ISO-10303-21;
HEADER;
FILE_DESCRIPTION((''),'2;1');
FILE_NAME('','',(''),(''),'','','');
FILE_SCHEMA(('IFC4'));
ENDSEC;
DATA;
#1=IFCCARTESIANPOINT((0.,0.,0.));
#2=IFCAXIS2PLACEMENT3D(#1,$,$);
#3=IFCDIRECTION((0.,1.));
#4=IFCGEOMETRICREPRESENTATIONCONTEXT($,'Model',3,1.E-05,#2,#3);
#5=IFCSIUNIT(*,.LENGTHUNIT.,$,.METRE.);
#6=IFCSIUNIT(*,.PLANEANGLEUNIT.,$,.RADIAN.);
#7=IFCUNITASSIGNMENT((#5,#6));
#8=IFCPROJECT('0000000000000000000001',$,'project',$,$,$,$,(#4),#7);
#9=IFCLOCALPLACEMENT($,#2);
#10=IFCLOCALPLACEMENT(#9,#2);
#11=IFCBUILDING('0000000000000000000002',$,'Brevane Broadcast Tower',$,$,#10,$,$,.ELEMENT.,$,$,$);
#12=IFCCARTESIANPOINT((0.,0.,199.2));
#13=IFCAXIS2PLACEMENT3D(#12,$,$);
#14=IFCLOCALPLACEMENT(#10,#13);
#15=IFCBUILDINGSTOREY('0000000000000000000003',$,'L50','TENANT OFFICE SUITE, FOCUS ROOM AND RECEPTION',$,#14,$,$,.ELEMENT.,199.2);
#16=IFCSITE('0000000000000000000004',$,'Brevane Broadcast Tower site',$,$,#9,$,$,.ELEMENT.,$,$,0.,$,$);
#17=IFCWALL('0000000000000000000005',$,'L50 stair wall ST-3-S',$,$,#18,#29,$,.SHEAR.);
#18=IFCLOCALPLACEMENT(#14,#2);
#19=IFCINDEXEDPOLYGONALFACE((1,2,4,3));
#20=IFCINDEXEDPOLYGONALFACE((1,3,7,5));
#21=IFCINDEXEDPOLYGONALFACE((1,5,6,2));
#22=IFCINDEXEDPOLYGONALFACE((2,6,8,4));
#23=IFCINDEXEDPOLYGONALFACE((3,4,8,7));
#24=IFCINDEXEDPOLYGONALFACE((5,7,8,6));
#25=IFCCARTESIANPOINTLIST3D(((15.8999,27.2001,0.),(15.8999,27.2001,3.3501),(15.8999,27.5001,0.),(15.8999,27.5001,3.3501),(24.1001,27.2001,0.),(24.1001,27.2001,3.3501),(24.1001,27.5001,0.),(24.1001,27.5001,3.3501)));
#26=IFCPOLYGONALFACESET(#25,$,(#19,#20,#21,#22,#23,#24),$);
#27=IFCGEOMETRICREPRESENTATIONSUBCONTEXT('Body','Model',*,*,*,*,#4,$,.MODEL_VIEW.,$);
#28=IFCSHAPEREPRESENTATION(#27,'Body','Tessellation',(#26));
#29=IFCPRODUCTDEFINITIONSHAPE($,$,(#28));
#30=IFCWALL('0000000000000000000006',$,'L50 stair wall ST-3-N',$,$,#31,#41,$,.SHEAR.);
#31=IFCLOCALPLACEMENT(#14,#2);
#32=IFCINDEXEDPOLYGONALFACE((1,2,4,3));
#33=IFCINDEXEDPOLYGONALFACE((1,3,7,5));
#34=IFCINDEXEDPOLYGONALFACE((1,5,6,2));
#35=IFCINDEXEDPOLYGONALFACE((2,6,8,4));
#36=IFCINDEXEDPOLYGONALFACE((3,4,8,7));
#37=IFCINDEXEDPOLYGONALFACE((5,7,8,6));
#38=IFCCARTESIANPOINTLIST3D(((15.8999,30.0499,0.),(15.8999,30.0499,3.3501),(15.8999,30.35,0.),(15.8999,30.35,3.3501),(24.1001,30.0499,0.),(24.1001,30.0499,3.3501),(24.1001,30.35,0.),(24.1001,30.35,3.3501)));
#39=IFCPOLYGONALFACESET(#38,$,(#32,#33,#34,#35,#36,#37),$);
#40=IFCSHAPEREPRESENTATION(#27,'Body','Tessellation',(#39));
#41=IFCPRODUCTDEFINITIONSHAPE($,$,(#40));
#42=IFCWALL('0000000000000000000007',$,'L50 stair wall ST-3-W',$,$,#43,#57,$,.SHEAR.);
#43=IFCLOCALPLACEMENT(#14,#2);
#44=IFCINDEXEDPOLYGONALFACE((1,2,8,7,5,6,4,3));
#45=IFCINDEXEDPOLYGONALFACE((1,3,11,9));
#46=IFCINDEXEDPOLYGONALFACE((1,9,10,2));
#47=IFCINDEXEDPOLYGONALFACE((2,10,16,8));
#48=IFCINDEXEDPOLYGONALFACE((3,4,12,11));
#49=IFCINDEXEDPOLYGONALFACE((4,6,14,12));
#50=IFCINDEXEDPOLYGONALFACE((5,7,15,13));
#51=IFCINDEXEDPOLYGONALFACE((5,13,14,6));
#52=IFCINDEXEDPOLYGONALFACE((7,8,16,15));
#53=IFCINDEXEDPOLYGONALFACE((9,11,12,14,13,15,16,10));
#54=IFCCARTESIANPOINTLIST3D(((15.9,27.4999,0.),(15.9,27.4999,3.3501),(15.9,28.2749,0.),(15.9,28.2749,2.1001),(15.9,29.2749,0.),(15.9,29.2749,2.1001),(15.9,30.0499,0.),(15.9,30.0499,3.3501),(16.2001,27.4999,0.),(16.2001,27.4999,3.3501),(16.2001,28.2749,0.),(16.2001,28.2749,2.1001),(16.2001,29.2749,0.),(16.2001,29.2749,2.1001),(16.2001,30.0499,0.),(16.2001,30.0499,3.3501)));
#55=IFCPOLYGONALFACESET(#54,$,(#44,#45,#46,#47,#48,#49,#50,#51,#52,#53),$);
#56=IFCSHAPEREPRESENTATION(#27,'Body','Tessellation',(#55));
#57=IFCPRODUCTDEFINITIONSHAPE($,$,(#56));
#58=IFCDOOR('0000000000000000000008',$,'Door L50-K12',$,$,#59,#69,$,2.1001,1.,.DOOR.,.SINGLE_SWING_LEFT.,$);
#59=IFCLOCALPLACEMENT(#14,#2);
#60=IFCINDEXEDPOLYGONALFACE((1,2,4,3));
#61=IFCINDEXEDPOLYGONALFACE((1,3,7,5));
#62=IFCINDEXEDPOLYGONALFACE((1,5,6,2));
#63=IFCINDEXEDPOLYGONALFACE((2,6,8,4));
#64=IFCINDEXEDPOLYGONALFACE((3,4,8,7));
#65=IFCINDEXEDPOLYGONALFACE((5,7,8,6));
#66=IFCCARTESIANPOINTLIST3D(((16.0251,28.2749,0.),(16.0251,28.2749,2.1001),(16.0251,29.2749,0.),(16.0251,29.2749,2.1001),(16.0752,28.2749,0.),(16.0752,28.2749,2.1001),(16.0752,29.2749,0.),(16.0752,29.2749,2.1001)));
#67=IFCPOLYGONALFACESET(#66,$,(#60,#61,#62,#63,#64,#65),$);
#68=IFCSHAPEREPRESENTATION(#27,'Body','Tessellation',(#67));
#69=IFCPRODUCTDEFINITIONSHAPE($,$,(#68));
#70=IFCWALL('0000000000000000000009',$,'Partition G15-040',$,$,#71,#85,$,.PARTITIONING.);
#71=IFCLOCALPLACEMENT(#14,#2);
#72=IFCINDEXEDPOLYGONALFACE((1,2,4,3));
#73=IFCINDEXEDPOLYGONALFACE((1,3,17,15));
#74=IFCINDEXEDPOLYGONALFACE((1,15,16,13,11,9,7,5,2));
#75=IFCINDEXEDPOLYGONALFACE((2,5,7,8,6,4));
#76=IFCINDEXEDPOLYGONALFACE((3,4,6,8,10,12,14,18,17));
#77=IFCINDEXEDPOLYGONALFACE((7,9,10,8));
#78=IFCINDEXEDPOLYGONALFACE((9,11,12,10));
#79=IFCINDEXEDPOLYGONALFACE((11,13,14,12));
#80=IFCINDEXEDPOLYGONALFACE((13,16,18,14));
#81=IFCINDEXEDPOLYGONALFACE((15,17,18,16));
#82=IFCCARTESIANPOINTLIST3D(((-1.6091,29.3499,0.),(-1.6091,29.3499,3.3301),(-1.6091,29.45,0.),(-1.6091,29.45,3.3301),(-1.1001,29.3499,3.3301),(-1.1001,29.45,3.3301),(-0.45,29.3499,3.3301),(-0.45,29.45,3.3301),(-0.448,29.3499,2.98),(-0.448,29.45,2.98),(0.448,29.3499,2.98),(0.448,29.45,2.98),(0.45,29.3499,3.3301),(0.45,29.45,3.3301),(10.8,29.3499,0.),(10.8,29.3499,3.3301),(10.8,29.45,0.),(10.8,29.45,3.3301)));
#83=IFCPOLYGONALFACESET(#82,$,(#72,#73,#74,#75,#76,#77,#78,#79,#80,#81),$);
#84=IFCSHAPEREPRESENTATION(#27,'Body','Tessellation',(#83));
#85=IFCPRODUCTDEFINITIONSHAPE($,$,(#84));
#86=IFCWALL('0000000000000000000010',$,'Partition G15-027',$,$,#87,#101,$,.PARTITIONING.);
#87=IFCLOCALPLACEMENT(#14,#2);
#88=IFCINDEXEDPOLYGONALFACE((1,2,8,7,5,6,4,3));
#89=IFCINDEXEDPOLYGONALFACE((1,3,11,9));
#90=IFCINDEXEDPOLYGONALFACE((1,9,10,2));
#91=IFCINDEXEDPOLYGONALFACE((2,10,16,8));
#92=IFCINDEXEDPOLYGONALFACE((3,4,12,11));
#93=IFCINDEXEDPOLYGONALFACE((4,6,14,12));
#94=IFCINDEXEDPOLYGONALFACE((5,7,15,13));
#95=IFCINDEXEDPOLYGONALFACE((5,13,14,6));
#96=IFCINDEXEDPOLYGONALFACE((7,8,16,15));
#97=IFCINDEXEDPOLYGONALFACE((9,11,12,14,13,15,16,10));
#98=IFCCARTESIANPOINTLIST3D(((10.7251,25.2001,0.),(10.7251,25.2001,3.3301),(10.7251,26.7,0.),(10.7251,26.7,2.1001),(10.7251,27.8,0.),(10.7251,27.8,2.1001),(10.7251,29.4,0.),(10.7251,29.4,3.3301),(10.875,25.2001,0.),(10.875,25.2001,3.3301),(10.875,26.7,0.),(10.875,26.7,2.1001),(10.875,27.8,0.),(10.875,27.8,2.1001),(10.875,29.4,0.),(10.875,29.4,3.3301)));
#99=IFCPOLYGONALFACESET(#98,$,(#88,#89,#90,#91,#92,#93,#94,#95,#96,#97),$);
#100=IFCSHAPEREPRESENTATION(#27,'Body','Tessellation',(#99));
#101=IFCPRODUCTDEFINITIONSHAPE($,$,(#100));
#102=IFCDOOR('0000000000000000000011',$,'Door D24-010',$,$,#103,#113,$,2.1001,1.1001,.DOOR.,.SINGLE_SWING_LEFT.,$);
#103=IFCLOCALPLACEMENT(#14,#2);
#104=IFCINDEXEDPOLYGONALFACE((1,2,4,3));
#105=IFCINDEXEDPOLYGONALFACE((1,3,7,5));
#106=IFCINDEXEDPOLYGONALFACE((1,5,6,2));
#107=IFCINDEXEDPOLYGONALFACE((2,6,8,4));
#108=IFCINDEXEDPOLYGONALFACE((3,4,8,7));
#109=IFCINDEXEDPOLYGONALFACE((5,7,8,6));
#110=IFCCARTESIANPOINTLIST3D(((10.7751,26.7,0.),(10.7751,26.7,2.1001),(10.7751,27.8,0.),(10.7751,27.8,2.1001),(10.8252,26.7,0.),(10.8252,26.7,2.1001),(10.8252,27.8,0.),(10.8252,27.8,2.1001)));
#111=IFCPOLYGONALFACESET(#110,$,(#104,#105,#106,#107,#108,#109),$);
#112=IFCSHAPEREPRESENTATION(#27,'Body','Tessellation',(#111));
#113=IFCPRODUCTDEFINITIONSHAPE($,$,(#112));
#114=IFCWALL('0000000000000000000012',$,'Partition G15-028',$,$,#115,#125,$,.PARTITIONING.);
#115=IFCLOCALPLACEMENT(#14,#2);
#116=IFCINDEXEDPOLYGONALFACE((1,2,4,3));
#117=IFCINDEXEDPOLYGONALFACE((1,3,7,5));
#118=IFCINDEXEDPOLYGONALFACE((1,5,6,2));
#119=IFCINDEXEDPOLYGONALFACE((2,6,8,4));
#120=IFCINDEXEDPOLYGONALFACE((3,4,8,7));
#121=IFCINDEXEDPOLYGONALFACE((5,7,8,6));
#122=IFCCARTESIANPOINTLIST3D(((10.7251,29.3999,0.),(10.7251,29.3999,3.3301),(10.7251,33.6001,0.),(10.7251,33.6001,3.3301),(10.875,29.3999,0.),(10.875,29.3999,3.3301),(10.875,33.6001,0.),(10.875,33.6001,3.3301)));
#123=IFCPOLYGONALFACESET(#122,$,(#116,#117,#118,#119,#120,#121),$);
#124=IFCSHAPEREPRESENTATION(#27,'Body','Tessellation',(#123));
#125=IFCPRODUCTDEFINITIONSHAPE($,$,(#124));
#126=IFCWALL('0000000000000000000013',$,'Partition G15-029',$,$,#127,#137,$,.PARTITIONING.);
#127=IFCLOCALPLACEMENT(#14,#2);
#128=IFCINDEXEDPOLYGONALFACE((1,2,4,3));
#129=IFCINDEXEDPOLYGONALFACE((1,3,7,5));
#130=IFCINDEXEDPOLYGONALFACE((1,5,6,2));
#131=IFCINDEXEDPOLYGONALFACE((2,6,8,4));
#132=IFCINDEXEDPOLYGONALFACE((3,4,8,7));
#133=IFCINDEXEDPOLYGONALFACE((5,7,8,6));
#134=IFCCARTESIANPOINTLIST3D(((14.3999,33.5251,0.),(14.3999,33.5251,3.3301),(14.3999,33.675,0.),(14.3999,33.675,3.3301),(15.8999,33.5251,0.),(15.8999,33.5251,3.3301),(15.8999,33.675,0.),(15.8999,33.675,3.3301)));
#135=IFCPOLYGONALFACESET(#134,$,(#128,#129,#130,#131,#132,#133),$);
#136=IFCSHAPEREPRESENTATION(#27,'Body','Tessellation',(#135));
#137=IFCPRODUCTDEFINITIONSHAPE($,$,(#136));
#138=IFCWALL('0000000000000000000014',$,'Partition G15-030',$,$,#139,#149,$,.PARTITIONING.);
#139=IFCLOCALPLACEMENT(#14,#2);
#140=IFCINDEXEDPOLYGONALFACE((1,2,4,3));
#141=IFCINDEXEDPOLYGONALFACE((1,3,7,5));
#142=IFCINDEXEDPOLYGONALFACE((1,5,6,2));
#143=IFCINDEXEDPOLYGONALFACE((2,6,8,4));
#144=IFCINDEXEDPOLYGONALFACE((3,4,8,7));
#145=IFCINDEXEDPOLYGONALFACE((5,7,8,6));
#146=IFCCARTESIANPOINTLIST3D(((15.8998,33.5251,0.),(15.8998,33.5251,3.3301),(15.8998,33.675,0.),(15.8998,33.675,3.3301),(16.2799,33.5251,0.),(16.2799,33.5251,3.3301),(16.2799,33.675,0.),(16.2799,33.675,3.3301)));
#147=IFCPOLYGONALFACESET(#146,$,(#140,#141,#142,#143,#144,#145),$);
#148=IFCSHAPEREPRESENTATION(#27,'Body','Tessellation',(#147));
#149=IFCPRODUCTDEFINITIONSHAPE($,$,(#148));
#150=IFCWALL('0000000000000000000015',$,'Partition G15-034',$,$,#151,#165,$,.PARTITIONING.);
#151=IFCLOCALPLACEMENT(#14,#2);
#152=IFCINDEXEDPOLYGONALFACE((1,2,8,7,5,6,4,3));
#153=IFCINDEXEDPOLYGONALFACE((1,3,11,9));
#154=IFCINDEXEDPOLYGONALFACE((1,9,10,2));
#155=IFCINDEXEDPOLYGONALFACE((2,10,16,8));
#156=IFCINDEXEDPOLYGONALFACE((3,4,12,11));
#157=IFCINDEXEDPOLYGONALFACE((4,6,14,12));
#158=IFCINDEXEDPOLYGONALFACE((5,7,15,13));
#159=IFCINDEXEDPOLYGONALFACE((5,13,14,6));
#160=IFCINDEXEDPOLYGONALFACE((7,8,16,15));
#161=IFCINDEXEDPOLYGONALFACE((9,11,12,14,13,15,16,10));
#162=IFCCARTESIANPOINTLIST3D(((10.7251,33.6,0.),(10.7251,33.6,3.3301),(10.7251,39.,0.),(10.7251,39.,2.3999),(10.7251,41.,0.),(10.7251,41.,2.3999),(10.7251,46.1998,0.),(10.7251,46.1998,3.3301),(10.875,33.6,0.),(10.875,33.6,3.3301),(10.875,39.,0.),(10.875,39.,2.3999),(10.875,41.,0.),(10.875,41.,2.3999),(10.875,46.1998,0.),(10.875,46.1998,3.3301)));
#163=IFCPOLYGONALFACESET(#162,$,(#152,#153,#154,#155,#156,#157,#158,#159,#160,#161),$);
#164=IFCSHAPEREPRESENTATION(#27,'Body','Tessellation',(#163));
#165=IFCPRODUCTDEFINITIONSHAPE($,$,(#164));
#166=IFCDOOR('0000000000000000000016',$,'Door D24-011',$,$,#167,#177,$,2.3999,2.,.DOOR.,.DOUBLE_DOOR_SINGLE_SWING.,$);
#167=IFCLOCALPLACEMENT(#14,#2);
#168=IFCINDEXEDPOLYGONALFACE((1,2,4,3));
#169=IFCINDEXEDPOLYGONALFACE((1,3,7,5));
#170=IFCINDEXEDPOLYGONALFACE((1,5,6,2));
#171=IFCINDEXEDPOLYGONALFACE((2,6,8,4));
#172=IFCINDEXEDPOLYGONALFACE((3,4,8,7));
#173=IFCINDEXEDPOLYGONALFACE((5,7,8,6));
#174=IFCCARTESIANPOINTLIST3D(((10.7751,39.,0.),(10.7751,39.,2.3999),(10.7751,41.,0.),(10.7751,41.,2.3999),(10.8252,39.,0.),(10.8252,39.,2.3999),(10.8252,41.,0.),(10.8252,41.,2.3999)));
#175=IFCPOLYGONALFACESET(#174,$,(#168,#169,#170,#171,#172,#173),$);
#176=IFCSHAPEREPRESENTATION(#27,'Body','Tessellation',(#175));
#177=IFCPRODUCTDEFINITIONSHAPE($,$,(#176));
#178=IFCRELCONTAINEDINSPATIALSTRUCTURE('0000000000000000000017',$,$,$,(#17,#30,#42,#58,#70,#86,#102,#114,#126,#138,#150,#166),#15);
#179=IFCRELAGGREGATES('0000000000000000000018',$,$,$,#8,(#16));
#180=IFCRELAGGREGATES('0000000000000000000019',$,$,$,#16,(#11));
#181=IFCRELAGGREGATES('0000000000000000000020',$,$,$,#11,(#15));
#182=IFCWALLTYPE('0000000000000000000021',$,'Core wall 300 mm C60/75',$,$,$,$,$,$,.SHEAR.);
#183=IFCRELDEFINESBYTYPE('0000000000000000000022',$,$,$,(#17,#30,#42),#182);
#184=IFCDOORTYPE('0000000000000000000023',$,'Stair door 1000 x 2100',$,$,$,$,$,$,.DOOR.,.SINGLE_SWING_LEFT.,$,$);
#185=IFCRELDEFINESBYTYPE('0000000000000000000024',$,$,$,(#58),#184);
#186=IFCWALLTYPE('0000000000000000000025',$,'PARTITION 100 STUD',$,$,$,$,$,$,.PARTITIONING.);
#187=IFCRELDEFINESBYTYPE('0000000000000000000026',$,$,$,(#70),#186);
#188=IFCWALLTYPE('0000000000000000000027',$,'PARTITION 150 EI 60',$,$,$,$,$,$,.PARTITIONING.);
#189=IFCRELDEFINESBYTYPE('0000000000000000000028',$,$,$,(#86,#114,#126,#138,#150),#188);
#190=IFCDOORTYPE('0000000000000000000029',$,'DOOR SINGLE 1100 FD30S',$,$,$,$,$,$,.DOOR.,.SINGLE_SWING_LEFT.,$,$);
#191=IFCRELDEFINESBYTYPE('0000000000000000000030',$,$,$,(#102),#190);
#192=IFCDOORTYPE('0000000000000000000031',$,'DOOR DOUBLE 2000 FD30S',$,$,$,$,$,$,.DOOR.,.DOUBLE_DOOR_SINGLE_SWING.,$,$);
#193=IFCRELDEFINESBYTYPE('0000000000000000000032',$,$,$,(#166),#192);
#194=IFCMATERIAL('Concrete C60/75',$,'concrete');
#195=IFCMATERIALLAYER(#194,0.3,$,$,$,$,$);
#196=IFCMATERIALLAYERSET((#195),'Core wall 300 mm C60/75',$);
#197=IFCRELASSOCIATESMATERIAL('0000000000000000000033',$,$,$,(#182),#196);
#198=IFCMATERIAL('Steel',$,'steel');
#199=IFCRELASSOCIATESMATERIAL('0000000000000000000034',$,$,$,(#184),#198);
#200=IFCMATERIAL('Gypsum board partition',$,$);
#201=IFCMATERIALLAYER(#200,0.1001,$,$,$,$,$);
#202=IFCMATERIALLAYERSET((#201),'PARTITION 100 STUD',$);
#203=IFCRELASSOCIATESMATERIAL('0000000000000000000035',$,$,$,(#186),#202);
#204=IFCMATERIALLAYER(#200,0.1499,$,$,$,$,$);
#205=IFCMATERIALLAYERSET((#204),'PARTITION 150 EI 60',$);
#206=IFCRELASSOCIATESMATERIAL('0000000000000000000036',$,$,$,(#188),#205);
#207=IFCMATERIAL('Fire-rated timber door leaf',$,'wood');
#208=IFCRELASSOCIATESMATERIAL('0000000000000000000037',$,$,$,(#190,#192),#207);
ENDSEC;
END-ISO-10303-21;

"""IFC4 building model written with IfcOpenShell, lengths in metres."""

from ifc_helpers import new_model, si_unit, direction, frame, frame_2d, origin, place, context, subcontext, project, spatial, polyline, rectangle, outline, extrude, material, layer, layer_set, type_object, element, fill, save


model = new_model("IFC4")

# Units and contexts
model_context = context("Model", 3, precision=1e-05, world=origin(), true_north=direction((0.0, 1.0)))
body_context = subcontext(model_context, "Body", "Model", "MODEL_VIEW")
ifc_project = project(units=[si_unit("LENGTHUNIT", "METRE"), si_unit("PLANEANGLEUNIT", "RADIAN")], contexts=[model_context])

# Site, building, storey
site_placement = place(None, origin())
site = spatial("IfcSite", under=ifc_project, at=site_placement, Name="Brevane Broadcast Tower site", CompositionType="ELEMENT", RefElevation=0.0)
building_placement = place(site_placement, origin())
building = spatial("IfcBuilding", under=site, at=building_placement, Name="Brevane Broadcast Tower", CompositionType="ELEMENT")
storey_placement = place(building_placement, frame((0.0, 0.0, 199.2)))
storey = spatial("IfcBuildingStorey", under=building, at=storey_placement, Name="L50", Description="TENANT OFFICE SUITE, FOCUS ROOM AND RECEPTION", CompositionType="ELEMENT", Elevation=199.2)

# Shared definitions
ifc_material_1 = material(Name="Concrete C60/75", Category="concrete")

# Walls
ifc_layer_1 = layer(ifc_material_1, 0.3)
ifc_layer_set_1 = layer_set([ifc_layer_1], Name="Core wall 300 mm C60/75")
wall_type_1 = type_object("IfcWallType", Name="Core wall 300 mm C60/75", PredefinedType="SHEAR", material=ifc_layer_set_1)
for number, where, z_axis, x_axis, name in (
    (1, (15.8999, 27.3501, 0.0), (0.0, 0.0, 1.0), (1.0, 0.0, 0.0), "L50 stair wall ST-3-S"),
    (2, (15.8999, 30.2, 0.0), (0.0, 0.0, 1.0), (1.0, 0.0, 0.0), "L50 stair wall ST-3-N"),
):
    element("IfcWall", number, at=place(storey_placement, frame(where, z_axis=z_axis, x_axis=x_axis)), inside=storey, type_object=wall_type_1, Name=name, PredefinedType="SHEAR", context=body_context, shape_type="SweptSolid", body=[
        extrude(rectangle(XDim=8.2002, YDim=0.3, at=frame_2d((4.1001, 0.0))), origin(), (0.0, 0.0, 1.0), 3.3501),
    ])

# Wall, opening, door
wall_1_placement = place(storey_placement, frame((16.05, 27.5, 0.0), z_axis=(0.0, 0.0, 1.0), x_axis=(0.0, 1.0, 0.0)))
wall_1 = element("IfcWall", 3, at=wall_1_placement, inside=storey, type_object=wall_type_1, Name="L50 stair wall ST-3-W", PredefinedType="SHEAR", context=body_context, shape_type="SweptSolid", body=[
    extrude(rectangle(XDim=2.55, YDim=0.3, at=frame_2d((1.2749, 0.0))), origin(), (0.0, 0.0, 1.0), 3.3501),
])
opening_1_placement = place(wall_1_placement, frame((0.7749, 0.0, 0.0)))
opening_1 = element("IfcOpeningElement", 4, at=opening_1_placement, cuts=wall_1, PredefinedType="OPENING", context=body_context, shape_type="SweptSolid", body=[
    extrude(rectangle(XDim=1.0, YDim=2.1001, at=frame_2d((0.5, 1.05))), frame((0.0, 0.1599, 0.0), z_axis=(0.0, -1.0, 0.0), x_axis=(1.0, 0.0, 0.0)), (0.0, 0.0, 1.0), 0.3201),
])
ifc_material_2 = material(Name="Steel", Category="steel")
door_type_1 = type_object("IfcDoorType", Name="Stair door 1000 x 2100", OperationType="SINGLE_SWING_LEFT", PredefinedType="DOOR", material=ifc_material_2)
door_1_placement = place(opening_1_placement, origin())
door_1 = element("IfcDoor", 5, at=door_1_placement, inside=storey, type_object=door_type_1, Name="Door L50-K12", OperationType="SINGLE_SWING_LEFT", OverallHeight=2.1001, OverallWidth=1.0, PredefinedType="DOOR", context=body_context, shape_type="SweptSolid", body=[
    extrude(rectangle(XDim=1.0, YDim=2.1001, at=frame_2d((0.5, 1.05))), frame((0.0, 0.0249, 0.0), z_axis=(0.0, -1.0, 0.0), x_axis=(1.0, 0.0, 0.0)), (0.0, 0.0, 1.0), 0.05),
])
fill(opening_1, door_1)

# Wall
ifc_material_3 = material(Name="Gypsum board partition")
ifc_layer_2 = layer(ifc_material_3, 0.1001)
ifc_layer_set_2 = layer_set([ifc_layer_2], Name="PARTITION 100 STUD")
wall_type_2 = type_object("IfcWallType", Name="PARTITION 100 STUD", PredefinedType="PARTITIONING", material=ifc_layer_set_2)
wall_2_placement = place(storey_placement, frame((-1.6091, 29.3999, 0.0), z_axis=(0.0, 0.0, 1.0), x_axis=(1.0, 0.0, 0.0)))
element("IfcWall", 6, at=wall_2_placement, inside=storey, type_object=wall_type_2, Name="Partition G15-040", PredefinedType="PARTITIONING", context=body_context, shape_type="SweptSolid", body=[
    extrude(outline(polyline([(0.0, 0.0), (12.4092, 0.0), (12.4092, 3.3301), (2.0591, 3.3301), (2.0571, 2.98), (1.1611, 2.98), (1.1592, 3.3301), (0.509, 3.3301), (0.0, 3.3301), (0.0, 0.0)])), frame((0.0, 0.05, 0.0), z_axis=(0.0, -1.0, 0.0), x_axis=(1.0, 0.0, 0.0)), (0.0, 0.0, 1.0), 0.1001),
])

# Wall, opening, door
ifc_layer_3 = layer(ifc_material_3, 0.1499)
ifc_layer_set_3 = layer_set([ifc_layer_3], Name="PARTITION 150 EI 60")
wall_type_3 = type_object("IfcWallType", Name="PARTITION 150 EI 60", PredefinedType="PARTITIONING", material=ifc_layer_set_3)
wall_3_placement = place(storey_placement, frame((10.8, 25.2, 0.0), z_axis=(0.0, 0.0, 1.0), x_axis=(0.0, 1.0, 0.0)))
wall_3 = element("IfcWall", 7, at=wall_3_placement, inside=storey, type_object=wall_type_3, Name="Partition G15-027", PredefinedType="PARTITIONING", context=body_context, shape_type="SweptSolid", body=[
    extrude(rectangle(XDim=4.2, YDim=0.1499, at=frame_2d((2.1001, 0.0))), origin(), (0.0, 0.0, 1.0), 3.3301),
])
opening_2_placement = place(wall_3_placement, frame((1.5, 0.0, 0.0)))
opening_2 = element("IfcOpeningElement", 8, at=opening_2_placement, cuts=wall_3, PredefinedType="OPENING", context=body_context, shape_type="SweptSolid", body=[
    extrude(rectangle(XDim=1.1001, YDim=2.1001, at=frame_2d((0.55, 1.05))), frame((0.0, 0.085, 0.0), z_axis=(0.0, -1.0, 0.0), x_axis=(1.0, 0.0, 0.0)), (0.0, 0.0, 1.0), 0.1699),
])
ifc_material_4 = material(Name="Fire-rated timber door leaf", Category="wood")
door_type_2 = type_object("IfcDoorType", Name="DOOR SINGLE 1100 FD30S", OperationType="SINGLE_SWING_LEFT", PredefinedType="DOOR", material=ifc_material_4)
door_2_placement = place(opening_2_placement, origin())
door_2 = element("IfcDoor", 9, at=door_2_placement, inside=storey, type_object=door_type_2, Name="Door D24-010", OperationType="SINGLE_SWING_LEFT", OverallHeight=2.1001, OverallWidth=1.1001, PredefinedType="DOOR", context=body_context, shape_type="SweptSolid", body=[
    extrude(rectangle(XDim=1.1001, YDim=2.1001, at=frame_2d((0.55, 1.05))), frame((0.0, 0.0249, 0.0), z_axis=(0.0, -1.0, 0.0), x_axis=(1.0, 0.0, 0.0)), (0.0, 0.0, 1.0), 0.05),
])
fill(opening_2, door_2)

# Walls
wall_4_placement = place(storey_placement, frame((10.8, 29.3999, 0.0), z_axis=(0.0, 0.0, 1.0), x_axis=(0.0, 1.0, 0.0)))
element("IfcWall", 10, at=wall_4_placement, inside=storey, type_object=wall_type_3, Name="Partition G15-028", PredefinedType="PARTITIONING", context=body_context, shape_type="SweptSolid", body=[
    extrude(rectangle(XDim=4.2002, YDim=0.1499, at=frame_2d((2.1001, 0.0))), origin(), (0.0, 0.0, 1.0), 3.3301),
])
wall_5_placement = place(storey_placement, frame((14.3999, 33.6001, 0.0), z_axis=(0.0, 0.0, 1.0), x_axis=(1.0, 0.0, 0.0)))
element("IfcWall", 11, at=wall_5_placement, inside=storey, type_object=wall_type_3, Name="Partition G15-029", PredefinedType="PARTITIONING", context=body_context, shape_type="SweptSolid", body=[
    extrude(rectangle(XDim=1.5, YDim=0.1499, at=frame_2d((0.75, 0.0))), origin(), (0.0, 0.0, 1.0), 3.3301),
])
wall_6_placement = place(storey_placement, frame((15.8999, 33.6001, 0.0), z_axis=(0.0, 0.0, 1.0), x_axis=(1.0, 0.0, 0.0)))
element("IfcWall", 12, at=wall_6_placement, inside=storey, type_object=wall_type_3, Name="Partition G15-030", PredefinedType="PARTITIONING", context=body_context, shape_type="SweptSolid", body=[
    extrude(rectangle(XDim=0.3801, YDim=0.1499, at=frame_2d((0.1899, 0.0))), origin(), (0.0, 0.0, 1.0), 3.3301),
])

# Wall, opening, door
wall_7_placement = place(storey_placement, frame((10.8, 33.6001, 0.0), z_axis=(0.0, 0.0, 1.0), x_axis=(0.0, 1.0, 0.0)))
wall_7 = element("IfcWall", 13, at=wall_7_placement, inside=storey, type_object=wall_type_3, Name="Partition G15-034", PredefinedType="PARTITIONING", context=body_context, shape_type="SweptSolid", body=[
    extrude(rectangle(XDim=12.5999, YDim=0.1499, at=frame_2d((6.2998, 0.0))), origin(), (0.0, 0.0, 1.0), 3.3301),
])
opening_3_placement = place(wall_7_placement, frame((5.3999, 0.0, 0.0)))
opening_3 = element("IfcOpeningElement", 14, at=opening_3_placement, cuts=wall_7, PredefinedType="OPENING", context=body_context, shape_type="SweptSolid", body=[
    extrude(rectangle(XDim=2.0, YDim=2.3999, at=frame_2d((1.0, 1.2))), frame((0.0, 0.085, 0.0), z_axis=(0.0, -1.0, 0.0), x_axis=(1.0, 0.0, 0.0)), (0.0, 0.0, 1.0), 0.1699),
])
door_type_3 = type_object("IfcDoorType", Name="DOOR DOUBLE 2000 FD30S", OperationType="DOUBLE_DOOR_SINGLE_SWING", PredefinedType="DOOR", material=ifc_material_4)
door_3_placement = place(opening_3_placement, origin())
door_3 = element("IfcDoor", 15, at=door_3_placement, inside=storey, type_object=door_type_3, Name="Door D24-011", OperationType="DOUBLE_DOOR_SINGLE_SWING", OverallHeight=2.3999, OverallWidth=2.0, PredefinedType="DOOR", context=body_context, shape_type="SweptSolid", body=[
    extrude(rectangle(XDim=2.0, YDim=2.3999, at=frame_2d((1.0, 1.2))), frame((0.0, 0.0249, 0.0), z_axis=(0.0, -1.0, 0.0), x_axis=(1.0, 0.0, 0.0)), (0.0, 0.0, 1.0), 0.05),
])
fill(opening_3, door_3)

save(model, "model.ifc")
